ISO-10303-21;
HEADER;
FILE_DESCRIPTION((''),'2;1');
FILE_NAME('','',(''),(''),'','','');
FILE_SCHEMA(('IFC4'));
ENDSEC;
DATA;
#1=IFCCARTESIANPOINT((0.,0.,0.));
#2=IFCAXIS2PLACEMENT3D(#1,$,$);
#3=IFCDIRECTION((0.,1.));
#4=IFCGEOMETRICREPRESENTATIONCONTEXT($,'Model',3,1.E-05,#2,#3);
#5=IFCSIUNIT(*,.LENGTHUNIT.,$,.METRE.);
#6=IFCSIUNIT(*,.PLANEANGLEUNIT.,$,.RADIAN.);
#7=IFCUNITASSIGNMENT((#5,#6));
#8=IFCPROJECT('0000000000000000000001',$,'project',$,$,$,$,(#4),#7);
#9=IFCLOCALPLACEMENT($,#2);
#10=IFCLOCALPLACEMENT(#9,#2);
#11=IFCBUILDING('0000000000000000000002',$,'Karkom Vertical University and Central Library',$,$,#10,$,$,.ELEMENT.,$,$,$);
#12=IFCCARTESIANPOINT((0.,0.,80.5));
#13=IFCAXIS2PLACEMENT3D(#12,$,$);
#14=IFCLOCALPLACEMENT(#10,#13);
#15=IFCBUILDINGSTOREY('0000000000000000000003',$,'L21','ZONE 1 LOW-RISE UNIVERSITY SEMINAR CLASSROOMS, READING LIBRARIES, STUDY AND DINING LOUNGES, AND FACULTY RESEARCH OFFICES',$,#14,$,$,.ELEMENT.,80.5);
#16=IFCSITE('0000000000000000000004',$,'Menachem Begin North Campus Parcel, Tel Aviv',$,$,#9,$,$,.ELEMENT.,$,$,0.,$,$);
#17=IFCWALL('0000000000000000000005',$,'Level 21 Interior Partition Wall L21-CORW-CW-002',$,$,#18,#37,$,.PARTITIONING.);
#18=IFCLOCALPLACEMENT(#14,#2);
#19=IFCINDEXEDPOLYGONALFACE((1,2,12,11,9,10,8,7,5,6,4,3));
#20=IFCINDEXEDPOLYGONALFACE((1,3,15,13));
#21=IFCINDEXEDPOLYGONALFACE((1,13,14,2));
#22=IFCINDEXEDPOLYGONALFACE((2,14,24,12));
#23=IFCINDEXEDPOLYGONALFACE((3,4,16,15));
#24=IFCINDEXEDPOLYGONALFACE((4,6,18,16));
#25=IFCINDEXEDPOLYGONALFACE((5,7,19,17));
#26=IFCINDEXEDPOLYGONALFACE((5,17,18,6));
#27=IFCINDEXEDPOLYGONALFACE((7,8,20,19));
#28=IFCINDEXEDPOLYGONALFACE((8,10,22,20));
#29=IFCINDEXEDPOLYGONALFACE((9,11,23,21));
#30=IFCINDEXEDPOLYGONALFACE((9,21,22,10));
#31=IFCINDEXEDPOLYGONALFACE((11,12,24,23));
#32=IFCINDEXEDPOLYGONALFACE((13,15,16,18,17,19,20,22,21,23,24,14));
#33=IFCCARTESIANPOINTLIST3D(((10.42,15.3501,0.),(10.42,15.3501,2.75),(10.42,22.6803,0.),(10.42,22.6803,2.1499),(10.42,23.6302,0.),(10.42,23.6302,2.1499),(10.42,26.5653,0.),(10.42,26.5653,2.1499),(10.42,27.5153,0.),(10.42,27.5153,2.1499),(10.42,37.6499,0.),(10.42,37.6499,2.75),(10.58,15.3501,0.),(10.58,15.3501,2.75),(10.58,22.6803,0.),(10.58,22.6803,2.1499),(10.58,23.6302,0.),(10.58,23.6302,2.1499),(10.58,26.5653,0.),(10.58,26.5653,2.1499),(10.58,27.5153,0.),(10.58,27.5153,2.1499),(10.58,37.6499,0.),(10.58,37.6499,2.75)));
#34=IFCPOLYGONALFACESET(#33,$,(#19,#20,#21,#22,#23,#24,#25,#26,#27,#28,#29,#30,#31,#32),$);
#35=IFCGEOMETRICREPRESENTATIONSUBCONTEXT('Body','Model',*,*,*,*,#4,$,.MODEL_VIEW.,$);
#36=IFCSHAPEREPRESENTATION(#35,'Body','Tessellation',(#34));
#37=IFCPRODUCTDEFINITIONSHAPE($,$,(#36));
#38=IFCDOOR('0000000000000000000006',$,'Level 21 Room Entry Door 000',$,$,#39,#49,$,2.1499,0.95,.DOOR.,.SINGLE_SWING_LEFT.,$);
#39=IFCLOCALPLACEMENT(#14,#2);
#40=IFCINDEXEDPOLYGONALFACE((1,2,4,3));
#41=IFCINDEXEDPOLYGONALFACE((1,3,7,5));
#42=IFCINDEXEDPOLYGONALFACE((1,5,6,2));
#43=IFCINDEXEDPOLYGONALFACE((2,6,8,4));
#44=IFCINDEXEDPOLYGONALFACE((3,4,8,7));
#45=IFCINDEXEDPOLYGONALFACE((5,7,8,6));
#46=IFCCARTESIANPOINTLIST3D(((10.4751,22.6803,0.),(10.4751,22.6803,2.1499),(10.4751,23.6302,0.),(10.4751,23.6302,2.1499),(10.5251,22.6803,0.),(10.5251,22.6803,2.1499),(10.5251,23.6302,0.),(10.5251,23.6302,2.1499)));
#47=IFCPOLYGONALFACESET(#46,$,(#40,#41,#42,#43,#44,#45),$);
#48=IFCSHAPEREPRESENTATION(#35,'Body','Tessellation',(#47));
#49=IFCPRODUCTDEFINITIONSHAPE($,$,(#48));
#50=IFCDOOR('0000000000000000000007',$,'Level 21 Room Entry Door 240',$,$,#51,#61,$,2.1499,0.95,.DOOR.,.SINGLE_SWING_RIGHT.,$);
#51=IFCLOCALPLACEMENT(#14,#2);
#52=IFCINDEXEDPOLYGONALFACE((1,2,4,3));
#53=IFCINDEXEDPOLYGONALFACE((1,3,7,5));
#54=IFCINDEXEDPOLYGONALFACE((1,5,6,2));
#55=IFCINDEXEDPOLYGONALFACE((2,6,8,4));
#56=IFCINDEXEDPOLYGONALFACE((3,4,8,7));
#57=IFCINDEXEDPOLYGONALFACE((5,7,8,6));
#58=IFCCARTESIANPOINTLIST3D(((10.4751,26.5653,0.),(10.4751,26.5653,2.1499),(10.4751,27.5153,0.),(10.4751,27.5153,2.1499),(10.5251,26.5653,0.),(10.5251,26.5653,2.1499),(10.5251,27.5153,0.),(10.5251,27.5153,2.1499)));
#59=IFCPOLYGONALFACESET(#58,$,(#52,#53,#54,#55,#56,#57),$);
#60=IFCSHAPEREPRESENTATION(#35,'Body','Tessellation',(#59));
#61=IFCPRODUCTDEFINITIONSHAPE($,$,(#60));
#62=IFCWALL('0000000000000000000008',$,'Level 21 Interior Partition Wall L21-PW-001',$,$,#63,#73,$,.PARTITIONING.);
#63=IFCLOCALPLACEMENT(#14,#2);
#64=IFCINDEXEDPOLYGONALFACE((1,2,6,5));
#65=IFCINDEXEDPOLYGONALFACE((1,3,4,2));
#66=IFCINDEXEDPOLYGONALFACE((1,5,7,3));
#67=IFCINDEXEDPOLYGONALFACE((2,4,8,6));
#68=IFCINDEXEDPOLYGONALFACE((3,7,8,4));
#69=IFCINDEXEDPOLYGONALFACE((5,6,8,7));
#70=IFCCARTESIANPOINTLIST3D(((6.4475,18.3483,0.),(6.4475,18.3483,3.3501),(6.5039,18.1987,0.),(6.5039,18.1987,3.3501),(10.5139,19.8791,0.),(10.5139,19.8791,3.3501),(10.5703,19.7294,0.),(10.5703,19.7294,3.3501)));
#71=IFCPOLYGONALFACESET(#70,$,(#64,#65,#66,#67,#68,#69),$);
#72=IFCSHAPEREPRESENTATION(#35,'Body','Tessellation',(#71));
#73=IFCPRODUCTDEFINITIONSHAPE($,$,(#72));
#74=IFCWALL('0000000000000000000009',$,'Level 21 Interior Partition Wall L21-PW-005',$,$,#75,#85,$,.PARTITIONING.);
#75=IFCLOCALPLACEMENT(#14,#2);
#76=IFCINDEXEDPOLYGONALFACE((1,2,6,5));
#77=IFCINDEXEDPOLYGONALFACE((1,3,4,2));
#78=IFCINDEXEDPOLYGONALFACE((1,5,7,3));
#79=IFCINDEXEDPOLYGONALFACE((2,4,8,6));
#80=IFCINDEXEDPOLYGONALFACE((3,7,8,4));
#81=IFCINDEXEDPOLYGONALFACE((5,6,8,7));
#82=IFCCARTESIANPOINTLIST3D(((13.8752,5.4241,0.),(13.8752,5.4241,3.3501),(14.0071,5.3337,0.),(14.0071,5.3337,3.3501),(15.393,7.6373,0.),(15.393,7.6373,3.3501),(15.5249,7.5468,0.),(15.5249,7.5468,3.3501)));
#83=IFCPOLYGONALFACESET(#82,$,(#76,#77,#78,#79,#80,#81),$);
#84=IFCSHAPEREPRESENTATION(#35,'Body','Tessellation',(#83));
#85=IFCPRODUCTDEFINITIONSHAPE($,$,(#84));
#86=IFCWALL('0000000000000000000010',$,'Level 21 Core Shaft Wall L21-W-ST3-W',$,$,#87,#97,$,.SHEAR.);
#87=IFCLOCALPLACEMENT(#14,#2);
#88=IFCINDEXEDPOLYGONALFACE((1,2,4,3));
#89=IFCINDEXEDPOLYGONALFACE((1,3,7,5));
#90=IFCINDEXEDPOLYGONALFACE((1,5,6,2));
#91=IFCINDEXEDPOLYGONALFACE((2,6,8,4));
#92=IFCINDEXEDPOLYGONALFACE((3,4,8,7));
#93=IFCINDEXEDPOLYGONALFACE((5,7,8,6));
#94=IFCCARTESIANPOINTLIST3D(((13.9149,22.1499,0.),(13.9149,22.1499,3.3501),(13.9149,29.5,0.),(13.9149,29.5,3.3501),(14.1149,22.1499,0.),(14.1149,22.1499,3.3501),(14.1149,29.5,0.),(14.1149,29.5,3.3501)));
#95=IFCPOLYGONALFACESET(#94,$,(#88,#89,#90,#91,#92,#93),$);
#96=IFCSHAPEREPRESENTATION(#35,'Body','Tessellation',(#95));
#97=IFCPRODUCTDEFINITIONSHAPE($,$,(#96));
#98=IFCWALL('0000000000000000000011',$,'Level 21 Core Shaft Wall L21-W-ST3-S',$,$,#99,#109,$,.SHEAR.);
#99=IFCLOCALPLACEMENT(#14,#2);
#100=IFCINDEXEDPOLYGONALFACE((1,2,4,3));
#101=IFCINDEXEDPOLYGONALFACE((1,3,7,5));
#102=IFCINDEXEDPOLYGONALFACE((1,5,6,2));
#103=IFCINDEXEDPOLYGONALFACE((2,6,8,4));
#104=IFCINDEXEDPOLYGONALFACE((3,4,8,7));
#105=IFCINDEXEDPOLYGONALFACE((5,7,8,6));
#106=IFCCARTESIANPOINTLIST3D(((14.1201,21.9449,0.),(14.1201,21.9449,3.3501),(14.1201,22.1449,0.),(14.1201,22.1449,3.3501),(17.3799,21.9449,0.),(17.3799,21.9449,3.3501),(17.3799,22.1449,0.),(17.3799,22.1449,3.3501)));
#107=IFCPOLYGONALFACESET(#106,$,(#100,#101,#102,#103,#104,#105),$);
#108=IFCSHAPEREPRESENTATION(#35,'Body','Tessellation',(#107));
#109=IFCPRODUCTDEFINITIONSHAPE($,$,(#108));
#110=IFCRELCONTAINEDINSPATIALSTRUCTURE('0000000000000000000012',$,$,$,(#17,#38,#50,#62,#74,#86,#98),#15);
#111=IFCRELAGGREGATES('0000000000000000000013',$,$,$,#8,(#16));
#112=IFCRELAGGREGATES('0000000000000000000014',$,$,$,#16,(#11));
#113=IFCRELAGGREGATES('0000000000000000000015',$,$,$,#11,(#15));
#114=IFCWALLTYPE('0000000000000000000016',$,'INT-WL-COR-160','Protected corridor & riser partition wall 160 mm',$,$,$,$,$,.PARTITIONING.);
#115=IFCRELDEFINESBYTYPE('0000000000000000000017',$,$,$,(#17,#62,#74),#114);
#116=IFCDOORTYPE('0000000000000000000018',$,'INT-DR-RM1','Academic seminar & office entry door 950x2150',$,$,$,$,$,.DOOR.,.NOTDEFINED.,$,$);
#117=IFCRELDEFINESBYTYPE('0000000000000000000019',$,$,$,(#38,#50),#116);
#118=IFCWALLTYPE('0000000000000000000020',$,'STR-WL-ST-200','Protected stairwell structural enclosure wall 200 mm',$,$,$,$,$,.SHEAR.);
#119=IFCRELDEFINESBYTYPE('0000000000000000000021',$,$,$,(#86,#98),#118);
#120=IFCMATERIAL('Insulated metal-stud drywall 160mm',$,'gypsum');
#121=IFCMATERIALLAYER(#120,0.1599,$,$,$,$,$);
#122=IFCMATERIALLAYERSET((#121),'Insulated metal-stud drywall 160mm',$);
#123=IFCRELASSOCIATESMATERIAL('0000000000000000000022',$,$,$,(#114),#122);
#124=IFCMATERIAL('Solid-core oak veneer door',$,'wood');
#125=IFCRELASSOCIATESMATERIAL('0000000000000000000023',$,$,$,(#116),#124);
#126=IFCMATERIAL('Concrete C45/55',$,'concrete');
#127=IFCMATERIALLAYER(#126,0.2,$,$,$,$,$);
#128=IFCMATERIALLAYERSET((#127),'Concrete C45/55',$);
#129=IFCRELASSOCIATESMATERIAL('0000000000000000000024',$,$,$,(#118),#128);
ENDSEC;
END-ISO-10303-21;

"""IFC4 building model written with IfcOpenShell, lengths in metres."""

from ifc_helpers import new_model, si_unit, direction, frame, frame_2d, origin, origin_with_axes, place, context, subcontext, project, spatial, rectangle, extrude, source, transform, mapped, material, layer, layer_set, type_object, element, fill, save


model = new_model("IFC4")

# Units and contexts
model_context = context("Model", 3, precision=1e-05, world=origin(), true_north=direction((0.0, 1.0)))
body_context = subcontext(model_context, "Body", "Model", "MODEL_VIEW")
ifc_project = project(units=[si_unit("LENGTHUNIT", "METRE"), si_unit("PLANEANGLEUNIT", "RADIAN")], contexts=[model_context])

# Site, building, storey
site_placement = place(None, origin())
site = spatial("IfcSite", under=ifc_project, at=site_placement, Name="Menachem Begin North Campus Parcel, Tel Aviv", CompositionType="ELEMENT", RefElevation=0.0)
building_placement = place(site_placement, origin())
building = spatial("IfcBuilding", under=site, at=building_placement, Name="Karkom Vertical University and Central Library", CompositionType="ELEMENT")
storey_placement = place(building_placement, frame((0.0, 0.0, 80.5)))
storey = spatial("IfcBuildingStorey", under=building, at=storey_placement, Name="L21", Description="ZONE 1 LOW-RISE UNIVERSITY SEMINAR CLASSROOMS, READING LIBRARIES, STUDY AND DINING LOUNGES, AND FACULTY RESEARCH OFFICES", CompositionType="ELEMENT", Elevation=80.5)

# Shared definitions
ifc_material_1 = material(Name="Concrete C45/55", Category="concrete")

# Wall, openings, doors
ifc_material_2 = material(Name="Insulated metal-stud drywall 160mm", Category="gypsum")
ifc_layer_1 = layer(ifc_material_2, 0.1599)
ifc_layer_set_1 = layer_set([ifc_layer_1], Name="Insulated metal-stud drywall 160mm")
wall_type_1 = type_object("IfcWallType", Name="INT-WL-COR-160", Description="Protected corridor & riser partition wall 160 mm", PredefinedType="PARTITIONING", material=ifc_layer_set_1)
wall_1_placement = place(storey_placement, frame((10.5, 15.3501, 0.0), z_axis=(0.0, 0.0, 1.0), x_axis=(0.0, 1.0, 0.0)))
wall_1 = element("IfcWall", 1, at=wall_1_placement, inside=storey, type_object=wall_type_1, Name="Level 21 Interior Partition Wall L21-CORW-CW-002", PredefinedType="PARTITIONING", context=body_context, shape_type="SweptSolid", body=[
    extrude(rectangle(XDim=22.2998, YDim=0.1599, at=frame_2d((11.1499, 0.0))), origin(), (0.0, 0.0, 1.0), 2.75),
])
opening_1_placement = place(wall_1_placement, frame((7.3301, 0.0, 0.0)))
opening_1 = element("IfcOpeningElement", 2, at=opening_1_placement, cuts=wall_1, PredefinedType="OPENING", context=body_context, shape_type="SweptSolid", body=[
    extrude(rectangle(XDim=0.95, YDim=2.1499, at=frame_2d((0.4751, 1.075))), frame((0.0, 0.0898, 0.0), z_axis=(0.0, -1.0, 0.0), x_axis=(1.0, 0.0, 0.0)), (0.0, 0.0, 1.0), 0.1799),
])
opening_2_placement = place(wall_1_placement, frame((11.2151, 0.0, 0.0)))
opening_2 = element("IfcOpeningElement", 3, at=opening_2_placement, cuts=wall_1, PredefinedType="OPENING", context=body_context, shape_type="SweptSolid", body=[
    extrude(rectangle(XDim=0.95, YDim=2.1499, at=frame_2d((0.4751, 1.075))), frame((0.0, 0.0898, 0.0), z_axis=(0.0, -1.0, 0.0), x_axis=(1.0, 0.0, 0.0)), (0.0, 0.0, 1.0), 0.1799),
])
ifc_material_3 = material(Name="Solid-core oak veneer door", Category="wood")
door_type = type_object("IfcDoorType", Name="INT-DR-RM1", Description="Academic seminar & office entry door 950x2150", OperationType="NOTDEFINED", PredefinedType="DOOR", material=ifc_material_3)
shared_shape_1 = source(origin_with_axes(), body_context, "Body", "SweptSolid", [
    extrude(rectangle(XDim=0.95, YDim=2.1499, at=frame_2d((0.4751, 1.075))), frame((0.0, 0.0249, 0.0), z_axis=(0.0, -1.0, 0.0), x_axis=(1.0, 0.0, 0.0)), (0.0, 0.0, 1.0), 0.05),
])
door_1_placement = place(opening_1_placement, origin())
door_1 = element("IfcDoor", 4, at=door_1_placement, inside=storey, type_object=door_type, Name="Level 21 Room Entry Door 000", OperationType="SINGLE_SWING_LEFT", OverallHeight=2.1499, OverallWidth=0.95, PredefinedType="DOOR", context=body_context, shape_type="MappedRepresentation", body=[
    mapped(shared_shape_1, transform((0.0, 0.0, 0.0), scale=1.0)),
])
fill(opening_1, door_1)
door_2_placement = place(opening_2_placement, origin())
door_2 = element("IfcDoor", 5, at=door_2_placement, inside=storey, type_object=door_type, Name="Level 21 Room Entry Door 240", OperationType="SINGLE_SWING_RIGHT", OverallHeight=2.1499, OverallWidth=0.95, PredefinedType="DOOR", context=body_context, shape_type="MappedRepresentation", body=[
    mapped(shared_shape_1, transform((0.0, 0.0, 0.0), scale=1.0)),
])
fill(opening_2, door_2)

# Walls
wall_2_placement = place(storey_placement, frame((10.542, 19.8042, 0.0), z_axis=(0.0, 0.0, 1.0), x_axis=(-0.935885, -0.352305, 0.0)))
element("IfcWall", 6, at=wall_2_placement, inside=storey, type_object=wall_type_1, Name="Level 21 Interior Partition Wall L21-PW-001", PredefinedType="PARTITIONING", context=body_context, shape_type="SweptSolid", body=[
    extrude(rectangle(XDim=4.345, YDim=0.1599, at=frame_2d((2.1724, 0.0))), origin(), (0.0, 0.0, 1.0), 3.3501),
])
wall_3_placement = place(storey_placement, frame((15.459, 7.592, 0.0), z_axis=(0.0, 0.0, 1.0), x_axis=(-0.56559, -0.824686, 0.0)))
element("IfcWall", 7, at=wall_3_placement, inside=storey, type_object=wall_type_1, Name="Level 21 Interior Partition Wall L21-PW-005", PredefinedType="PARTITIONING", context=body_context, shape_type="SweptSolid", body=[
    extrude(rectangle(XDim=2.6836, YDim=0.1599, at=frame_2d((1.3418, 0.0))), origin(), (0.0, 0.0, 1.0), 3.3501),
])
ifc_layer_2 = layer(ifc_material_1, 0.2)
ifc_layer_set_2 = layer_set([ifc_layer_2], Name="Concrete C45/55")
wall_type_2 = type_object("IfcWallType", Name="STR-WL-ST-200", Description="Protected stairwell structural enclosure wall 200 mm", PredefinedType="SHEAR", material=ifc_layer_set_2)
wall_4_placement = place(storey_placement, frame((14.0149, 22.1499, 0.0), z_axis=(0.0, 0.0, 1.0), x_axis=(0.0, 1.0, 0.0)))
element("IfcWall", 8, at=wall_4_placement, inside=storey, type_object=wall_type_2, Name="Level 21 Core Shaft Wall L21-W-ST3-W", PredefinedType="SHEAR", context=body_context, shape_type="SweptSolid", body=[
    extrude(rectangle(XDim=7.3501, YDim=0.2, at=frame_2d((3.675, 0.0))), origin(), (0.0, 0.0, 1.0), 3.3501),
])
wall_5_placement = place(storey_placement, frame((14.1201, 22.0449, 0.0), z_axis=(0.0, 0.0, 1.0), x_axis=(1.0, 0.0, 0.0)))
element("IfcWall", 9, at=wall_5_placement, inside=storey, type_object=wall_type_2, Name="Level 21 Core Shaft Wall L21-W-ST3-S", PredefinedType="SHEAR", context=body_context, shape_type="SweptSolid", body=[
    extrude(rectangle(XDim=3.2598, YDim=0.2, at=frame_2d((1.6299, 0.0))), origin(), (0.0, 0.0, 1.0), 3.3501),
])

save(model, "model.ifc")
